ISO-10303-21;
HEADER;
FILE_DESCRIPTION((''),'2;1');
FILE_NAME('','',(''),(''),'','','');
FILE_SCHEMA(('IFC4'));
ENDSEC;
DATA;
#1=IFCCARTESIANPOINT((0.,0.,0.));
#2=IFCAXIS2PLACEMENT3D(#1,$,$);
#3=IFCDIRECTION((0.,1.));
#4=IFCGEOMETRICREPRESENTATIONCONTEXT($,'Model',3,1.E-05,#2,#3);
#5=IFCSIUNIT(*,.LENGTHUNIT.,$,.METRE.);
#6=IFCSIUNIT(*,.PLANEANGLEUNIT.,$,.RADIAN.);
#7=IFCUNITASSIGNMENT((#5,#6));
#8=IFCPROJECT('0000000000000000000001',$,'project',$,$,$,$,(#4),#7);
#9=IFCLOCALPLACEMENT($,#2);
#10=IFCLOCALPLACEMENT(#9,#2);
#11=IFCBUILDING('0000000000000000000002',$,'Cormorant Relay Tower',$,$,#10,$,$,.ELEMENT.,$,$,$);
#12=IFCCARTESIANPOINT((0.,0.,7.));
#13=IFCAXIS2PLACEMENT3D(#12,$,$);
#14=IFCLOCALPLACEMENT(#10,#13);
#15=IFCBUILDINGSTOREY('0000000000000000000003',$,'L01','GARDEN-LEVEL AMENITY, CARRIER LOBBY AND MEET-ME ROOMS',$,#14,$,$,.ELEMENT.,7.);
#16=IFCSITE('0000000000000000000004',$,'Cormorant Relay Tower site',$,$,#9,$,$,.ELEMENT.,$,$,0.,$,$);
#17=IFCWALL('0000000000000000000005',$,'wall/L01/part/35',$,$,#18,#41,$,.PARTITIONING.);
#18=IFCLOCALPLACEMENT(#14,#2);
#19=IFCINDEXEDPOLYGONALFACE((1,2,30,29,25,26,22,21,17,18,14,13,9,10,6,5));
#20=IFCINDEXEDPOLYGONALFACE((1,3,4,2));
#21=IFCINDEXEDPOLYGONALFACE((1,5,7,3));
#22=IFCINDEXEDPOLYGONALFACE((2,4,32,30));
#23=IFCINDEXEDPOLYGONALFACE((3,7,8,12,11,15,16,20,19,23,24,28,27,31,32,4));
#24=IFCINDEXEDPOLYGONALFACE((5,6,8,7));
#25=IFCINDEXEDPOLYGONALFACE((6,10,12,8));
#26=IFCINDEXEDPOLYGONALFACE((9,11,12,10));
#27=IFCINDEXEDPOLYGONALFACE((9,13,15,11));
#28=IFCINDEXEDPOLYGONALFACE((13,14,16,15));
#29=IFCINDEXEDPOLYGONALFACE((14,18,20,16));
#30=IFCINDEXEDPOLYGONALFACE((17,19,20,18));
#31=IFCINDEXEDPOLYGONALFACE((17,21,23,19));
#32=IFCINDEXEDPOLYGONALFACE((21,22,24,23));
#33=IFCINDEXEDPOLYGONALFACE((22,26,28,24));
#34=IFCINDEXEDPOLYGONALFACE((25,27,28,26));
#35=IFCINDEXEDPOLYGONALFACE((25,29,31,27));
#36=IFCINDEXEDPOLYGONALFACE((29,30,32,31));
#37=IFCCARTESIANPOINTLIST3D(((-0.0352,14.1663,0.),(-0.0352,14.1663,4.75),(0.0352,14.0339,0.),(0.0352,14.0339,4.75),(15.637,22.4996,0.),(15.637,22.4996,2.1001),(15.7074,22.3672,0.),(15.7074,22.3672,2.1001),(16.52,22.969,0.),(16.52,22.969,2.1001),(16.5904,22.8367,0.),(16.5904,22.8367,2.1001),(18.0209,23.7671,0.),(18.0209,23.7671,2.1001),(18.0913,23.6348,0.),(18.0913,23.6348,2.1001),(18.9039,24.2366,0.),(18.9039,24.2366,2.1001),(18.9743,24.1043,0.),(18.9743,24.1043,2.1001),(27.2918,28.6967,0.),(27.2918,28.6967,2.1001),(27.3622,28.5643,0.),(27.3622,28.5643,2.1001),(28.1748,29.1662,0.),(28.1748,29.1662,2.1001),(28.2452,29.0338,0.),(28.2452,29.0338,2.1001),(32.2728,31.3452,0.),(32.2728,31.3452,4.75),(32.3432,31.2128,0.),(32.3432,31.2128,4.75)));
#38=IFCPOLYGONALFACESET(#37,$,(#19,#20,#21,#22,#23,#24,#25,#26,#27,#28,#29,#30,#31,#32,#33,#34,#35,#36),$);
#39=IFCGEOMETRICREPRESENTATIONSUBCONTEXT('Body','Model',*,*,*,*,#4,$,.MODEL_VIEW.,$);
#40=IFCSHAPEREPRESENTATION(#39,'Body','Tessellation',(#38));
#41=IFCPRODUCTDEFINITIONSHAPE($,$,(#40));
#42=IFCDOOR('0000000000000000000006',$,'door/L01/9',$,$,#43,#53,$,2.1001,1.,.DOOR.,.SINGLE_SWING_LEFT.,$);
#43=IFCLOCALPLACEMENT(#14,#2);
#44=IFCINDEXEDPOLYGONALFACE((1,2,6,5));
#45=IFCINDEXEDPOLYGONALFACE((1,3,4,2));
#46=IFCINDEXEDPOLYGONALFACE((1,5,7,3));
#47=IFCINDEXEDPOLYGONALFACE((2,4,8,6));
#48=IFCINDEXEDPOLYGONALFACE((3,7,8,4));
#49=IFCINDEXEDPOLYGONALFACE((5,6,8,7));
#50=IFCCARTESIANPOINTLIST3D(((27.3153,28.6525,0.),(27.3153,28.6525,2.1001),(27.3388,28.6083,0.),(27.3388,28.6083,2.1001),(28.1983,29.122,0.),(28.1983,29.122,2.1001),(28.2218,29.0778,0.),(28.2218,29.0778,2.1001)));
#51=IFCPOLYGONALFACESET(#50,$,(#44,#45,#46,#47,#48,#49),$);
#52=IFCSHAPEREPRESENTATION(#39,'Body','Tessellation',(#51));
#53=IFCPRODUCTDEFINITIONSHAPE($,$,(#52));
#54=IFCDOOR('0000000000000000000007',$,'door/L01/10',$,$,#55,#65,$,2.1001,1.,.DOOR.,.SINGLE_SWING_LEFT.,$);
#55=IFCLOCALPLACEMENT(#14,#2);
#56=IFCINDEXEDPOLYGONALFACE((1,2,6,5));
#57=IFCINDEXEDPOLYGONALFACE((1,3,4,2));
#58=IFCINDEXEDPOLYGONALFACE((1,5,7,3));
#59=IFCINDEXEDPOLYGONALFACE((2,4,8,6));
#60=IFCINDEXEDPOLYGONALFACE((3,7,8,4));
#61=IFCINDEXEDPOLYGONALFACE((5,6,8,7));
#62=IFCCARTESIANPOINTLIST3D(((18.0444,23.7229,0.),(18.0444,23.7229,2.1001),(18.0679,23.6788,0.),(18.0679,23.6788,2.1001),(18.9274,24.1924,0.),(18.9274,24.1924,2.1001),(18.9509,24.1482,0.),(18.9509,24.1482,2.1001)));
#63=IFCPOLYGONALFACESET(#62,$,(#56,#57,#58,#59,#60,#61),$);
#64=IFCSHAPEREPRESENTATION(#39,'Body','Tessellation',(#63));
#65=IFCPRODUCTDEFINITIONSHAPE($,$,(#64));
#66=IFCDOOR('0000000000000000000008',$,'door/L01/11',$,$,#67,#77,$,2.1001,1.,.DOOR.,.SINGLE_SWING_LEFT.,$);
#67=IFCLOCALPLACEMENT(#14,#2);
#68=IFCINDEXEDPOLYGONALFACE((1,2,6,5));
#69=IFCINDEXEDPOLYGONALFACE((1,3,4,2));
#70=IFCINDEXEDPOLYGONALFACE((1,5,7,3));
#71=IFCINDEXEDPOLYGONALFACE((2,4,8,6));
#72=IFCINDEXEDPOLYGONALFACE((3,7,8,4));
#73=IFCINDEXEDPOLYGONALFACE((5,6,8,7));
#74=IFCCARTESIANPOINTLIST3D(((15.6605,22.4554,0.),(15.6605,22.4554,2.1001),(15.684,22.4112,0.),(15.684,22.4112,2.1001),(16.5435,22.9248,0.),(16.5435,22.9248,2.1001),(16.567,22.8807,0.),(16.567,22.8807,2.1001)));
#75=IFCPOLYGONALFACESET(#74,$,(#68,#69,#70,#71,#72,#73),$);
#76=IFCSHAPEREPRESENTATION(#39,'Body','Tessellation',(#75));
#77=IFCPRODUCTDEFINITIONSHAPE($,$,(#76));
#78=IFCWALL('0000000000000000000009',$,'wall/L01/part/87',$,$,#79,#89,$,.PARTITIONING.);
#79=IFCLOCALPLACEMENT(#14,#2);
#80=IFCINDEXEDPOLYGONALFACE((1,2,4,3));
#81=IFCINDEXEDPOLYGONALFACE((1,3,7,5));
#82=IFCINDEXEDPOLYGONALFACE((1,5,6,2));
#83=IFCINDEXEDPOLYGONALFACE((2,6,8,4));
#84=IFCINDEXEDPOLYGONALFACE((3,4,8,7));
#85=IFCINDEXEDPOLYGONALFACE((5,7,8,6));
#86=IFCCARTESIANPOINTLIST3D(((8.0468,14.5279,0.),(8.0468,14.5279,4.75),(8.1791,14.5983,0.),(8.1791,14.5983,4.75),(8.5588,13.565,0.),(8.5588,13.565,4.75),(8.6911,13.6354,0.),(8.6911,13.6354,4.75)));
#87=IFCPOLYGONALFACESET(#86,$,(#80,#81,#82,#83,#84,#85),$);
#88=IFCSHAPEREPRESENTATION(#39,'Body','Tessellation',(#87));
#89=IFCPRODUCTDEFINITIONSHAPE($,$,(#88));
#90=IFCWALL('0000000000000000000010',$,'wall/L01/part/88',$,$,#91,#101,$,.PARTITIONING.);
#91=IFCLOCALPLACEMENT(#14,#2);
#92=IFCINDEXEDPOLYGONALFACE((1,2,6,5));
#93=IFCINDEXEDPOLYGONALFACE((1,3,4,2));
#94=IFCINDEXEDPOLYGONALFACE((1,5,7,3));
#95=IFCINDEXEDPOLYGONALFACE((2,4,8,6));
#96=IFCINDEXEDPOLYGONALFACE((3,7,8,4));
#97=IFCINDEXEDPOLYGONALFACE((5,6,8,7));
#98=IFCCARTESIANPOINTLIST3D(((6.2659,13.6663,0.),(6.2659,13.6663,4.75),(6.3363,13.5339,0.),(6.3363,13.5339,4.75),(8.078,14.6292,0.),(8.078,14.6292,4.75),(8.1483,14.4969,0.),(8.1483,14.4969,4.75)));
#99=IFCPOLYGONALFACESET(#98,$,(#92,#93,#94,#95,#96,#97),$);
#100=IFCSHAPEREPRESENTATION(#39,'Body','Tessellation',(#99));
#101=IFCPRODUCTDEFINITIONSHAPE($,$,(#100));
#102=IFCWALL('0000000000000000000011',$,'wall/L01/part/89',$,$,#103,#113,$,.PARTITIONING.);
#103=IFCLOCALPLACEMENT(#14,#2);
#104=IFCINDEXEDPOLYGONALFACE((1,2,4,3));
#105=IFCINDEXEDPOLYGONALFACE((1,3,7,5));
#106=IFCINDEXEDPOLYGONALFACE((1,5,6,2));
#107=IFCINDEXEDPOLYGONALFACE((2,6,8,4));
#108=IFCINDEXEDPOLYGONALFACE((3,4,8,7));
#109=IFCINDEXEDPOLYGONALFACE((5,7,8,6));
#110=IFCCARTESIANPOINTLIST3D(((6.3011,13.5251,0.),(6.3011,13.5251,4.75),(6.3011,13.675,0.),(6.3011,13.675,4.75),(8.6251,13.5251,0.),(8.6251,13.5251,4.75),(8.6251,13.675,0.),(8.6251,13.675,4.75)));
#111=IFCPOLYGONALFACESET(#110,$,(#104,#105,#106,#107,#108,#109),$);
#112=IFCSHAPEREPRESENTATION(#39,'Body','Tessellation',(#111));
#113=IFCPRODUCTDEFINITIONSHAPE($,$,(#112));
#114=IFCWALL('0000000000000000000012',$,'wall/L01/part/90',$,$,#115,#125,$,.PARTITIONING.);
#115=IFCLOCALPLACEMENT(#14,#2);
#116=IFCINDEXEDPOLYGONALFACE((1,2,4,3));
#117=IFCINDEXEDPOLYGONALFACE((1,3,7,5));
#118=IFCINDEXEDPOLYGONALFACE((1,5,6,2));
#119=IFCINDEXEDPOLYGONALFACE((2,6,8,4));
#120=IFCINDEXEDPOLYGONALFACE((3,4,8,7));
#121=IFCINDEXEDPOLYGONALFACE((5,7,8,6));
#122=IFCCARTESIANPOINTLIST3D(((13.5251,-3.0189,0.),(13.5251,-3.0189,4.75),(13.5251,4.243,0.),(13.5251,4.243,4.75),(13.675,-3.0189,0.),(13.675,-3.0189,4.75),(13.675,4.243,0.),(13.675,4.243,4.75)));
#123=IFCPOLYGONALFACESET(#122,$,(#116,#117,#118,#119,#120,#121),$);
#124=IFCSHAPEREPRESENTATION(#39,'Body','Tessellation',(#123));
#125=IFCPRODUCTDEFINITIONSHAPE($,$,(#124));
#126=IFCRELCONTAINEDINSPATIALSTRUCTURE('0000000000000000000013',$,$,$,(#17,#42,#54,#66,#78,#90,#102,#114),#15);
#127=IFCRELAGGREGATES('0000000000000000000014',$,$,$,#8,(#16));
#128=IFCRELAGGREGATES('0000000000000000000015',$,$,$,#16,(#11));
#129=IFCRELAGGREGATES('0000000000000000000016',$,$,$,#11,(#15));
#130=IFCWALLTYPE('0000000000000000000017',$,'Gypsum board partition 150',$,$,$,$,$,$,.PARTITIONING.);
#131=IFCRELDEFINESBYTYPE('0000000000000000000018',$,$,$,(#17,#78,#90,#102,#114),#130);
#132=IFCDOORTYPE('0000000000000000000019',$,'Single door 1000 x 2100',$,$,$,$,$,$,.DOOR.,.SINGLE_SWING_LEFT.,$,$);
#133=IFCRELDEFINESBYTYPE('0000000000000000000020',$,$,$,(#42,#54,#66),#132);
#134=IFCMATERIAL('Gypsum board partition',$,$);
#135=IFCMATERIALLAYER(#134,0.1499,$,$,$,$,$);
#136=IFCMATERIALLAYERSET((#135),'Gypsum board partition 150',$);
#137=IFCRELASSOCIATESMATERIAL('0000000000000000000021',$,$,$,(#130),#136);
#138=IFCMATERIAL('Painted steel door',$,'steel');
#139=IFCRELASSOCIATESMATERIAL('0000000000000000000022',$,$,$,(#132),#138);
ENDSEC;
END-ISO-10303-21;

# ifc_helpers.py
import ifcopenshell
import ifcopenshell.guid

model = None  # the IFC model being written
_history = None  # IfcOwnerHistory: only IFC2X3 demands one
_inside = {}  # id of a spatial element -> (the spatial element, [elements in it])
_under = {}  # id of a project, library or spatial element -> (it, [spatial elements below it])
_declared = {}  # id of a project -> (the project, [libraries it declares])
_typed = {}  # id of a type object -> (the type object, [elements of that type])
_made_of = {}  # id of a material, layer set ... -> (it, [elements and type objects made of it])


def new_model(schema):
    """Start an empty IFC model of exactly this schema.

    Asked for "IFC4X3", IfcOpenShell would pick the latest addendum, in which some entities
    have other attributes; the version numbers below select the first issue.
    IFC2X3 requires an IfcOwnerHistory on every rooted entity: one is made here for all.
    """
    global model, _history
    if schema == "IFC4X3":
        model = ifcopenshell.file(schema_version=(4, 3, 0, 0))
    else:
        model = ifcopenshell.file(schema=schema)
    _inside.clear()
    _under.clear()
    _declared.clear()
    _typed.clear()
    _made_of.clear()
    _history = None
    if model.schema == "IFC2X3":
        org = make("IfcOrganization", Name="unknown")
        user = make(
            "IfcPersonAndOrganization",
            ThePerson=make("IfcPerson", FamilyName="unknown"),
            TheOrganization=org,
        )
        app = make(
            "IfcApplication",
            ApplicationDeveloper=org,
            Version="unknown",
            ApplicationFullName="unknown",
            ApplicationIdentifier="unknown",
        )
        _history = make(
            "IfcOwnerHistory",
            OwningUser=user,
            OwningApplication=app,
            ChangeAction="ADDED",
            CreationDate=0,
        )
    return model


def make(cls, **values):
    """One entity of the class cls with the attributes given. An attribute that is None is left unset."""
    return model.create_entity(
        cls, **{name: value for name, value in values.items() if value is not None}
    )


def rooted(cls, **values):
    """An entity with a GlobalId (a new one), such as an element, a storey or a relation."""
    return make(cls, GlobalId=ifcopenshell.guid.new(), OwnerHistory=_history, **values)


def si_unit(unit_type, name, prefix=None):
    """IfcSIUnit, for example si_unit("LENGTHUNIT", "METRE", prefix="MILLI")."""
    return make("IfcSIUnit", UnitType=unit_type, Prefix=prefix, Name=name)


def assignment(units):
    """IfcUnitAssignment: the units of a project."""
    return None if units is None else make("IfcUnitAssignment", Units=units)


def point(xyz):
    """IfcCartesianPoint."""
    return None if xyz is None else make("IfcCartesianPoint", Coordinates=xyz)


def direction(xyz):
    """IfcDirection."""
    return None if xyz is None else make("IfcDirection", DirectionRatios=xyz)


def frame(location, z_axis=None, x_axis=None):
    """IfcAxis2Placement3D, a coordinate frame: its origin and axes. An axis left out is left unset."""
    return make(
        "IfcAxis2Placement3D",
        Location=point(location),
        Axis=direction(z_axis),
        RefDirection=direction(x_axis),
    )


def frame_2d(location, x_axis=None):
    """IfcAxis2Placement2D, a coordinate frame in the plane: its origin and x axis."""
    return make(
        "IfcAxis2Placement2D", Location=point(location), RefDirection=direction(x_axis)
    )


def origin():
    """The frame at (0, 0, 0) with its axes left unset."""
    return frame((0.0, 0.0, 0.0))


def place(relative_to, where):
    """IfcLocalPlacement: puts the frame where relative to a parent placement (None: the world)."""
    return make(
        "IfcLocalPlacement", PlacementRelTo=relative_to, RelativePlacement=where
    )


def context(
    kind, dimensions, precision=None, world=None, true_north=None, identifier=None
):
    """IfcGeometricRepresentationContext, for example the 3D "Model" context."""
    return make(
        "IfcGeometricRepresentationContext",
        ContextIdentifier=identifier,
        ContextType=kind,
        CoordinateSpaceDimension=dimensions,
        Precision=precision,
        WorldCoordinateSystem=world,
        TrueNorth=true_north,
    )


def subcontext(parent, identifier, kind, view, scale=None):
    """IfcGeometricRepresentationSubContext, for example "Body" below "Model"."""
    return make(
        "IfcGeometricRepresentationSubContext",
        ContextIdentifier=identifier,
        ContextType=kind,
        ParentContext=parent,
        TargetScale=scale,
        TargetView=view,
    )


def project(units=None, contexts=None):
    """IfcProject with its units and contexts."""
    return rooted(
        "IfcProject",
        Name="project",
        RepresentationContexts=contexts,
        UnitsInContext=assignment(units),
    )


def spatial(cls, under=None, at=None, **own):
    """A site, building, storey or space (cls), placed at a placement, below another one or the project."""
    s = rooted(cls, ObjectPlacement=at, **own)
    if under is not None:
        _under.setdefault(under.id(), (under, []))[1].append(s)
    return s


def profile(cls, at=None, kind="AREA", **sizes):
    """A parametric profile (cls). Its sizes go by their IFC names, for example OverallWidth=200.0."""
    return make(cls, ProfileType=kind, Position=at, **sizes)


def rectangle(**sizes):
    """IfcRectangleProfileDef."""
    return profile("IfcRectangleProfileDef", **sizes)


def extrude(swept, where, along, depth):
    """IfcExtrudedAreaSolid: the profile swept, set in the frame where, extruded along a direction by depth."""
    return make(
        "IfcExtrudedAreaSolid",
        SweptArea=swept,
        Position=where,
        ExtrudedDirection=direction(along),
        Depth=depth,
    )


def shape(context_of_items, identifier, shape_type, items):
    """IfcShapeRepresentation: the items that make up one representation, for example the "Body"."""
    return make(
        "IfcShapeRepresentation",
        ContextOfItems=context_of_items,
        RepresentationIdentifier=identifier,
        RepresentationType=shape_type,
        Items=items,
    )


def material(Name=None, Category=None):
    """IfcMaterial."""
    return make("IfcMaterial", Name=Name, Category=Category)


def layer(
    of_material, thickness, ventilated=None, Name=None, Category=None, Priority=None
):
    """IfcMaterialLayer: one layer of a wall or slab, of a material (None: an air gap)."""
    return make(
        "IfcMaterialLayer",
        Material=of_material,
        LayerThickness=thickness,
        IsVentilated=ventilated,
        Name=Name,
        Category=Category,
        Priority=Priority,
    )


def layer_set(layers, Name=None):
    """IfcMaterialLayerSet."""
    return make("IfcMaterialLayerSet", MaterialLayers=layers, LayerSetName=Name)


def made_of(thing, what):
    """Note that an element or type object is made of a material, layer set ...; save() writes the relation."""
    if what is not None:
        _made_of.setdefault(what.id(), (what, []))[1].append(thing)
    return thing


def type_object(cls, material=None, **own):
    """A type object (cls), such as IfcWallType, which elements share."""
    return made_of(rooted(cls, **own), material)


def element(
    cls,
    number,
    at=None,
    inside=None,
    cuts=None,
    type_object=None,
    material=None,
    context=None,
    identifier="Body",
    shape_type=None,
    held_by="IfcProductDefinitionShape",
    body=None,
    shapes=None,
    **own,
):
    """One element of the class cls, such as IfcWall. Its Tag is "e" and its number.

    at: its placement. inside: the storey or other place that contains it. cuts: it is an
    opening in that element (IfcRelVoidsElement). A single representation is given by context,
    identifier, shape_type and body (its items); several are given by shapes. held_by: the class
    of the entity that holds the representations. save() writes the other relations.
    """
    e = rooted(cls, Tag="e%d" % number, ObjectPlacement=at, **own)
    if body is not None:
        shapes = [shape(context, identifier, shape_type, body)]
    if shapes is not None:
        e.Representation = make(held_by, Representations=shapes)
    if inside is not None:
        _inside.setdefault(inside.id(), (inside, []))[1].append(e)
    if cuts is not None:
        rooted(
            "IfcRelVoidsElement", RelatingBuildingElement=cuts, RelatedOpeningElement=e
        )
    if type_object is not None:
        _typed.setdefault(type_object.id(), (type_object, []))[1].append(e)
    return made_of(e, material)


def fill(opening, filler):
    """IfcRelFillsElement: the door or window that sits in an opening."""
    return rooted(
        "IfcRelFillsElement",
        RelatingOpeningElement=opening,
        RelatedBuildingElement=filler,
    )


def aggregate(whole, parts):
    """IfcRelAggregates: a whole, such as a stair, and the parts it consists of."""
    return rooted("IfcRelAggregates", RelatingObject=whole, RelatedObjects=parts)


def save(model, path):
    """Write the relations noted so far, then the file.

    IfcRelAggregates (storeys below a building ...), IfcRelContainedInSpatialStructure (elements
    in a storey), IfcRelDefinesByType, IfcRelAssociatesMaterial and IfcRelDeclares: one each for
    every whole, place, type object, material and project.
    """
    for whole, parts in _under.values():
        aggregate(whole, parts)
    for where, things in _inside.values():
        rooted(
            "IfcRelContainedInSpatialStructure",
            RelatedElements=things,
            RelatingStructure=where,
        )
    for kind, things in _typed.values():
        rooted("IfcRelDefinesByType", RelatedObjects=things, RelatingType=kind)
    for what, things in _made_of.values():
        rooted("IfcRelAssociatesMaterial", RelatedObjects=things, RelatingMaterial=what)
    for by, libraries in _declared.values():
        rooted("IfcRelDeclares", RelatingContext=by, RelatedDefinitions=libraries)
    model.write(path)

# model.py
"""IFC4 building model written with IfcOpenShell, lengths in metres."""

from ifc_helpers import new_model, si_unit, direction, frame, frame_2d, origin, place, context, subcontext, project, spatial, rectangle, extrude, material, layer, layer_set, type_object, element, fill, save


model = new_model("IFC4")

# Units and contexts
model_context = context("Model", 3, precision=1e-05, world=origin(), true_north=direction((0.0, 1.0)))
body_context = subcontext(model_context, "Body", "Model", "MODEL_VIEW")
ifc_project = project(units=[si_unit("LENGTHUNIT", "METRE"), si_unit("PLANEANGLEUNIT", "RADIAN")], contexts=[model_context])

# Site, building, storey
site_placement = place(None, origin())
site = spatial("IfcSite", under=ifc_project, at=site_placement, Name="Cormorant Relay Tower site", CompositionType="ELEMENT", RefElevation=0.0)
building_placement = place(site_placement, origin())
building = spatial("IfcBuilding", under=site, at=building_placement, Name="Cormorant Relay Tower", CompositionType="ELEMENT")
storey_placement = place(building_placement, frame((0.0, 0.0, 7.0)))
storey = spatial("IfcBuildingStorey", under=building, at=storey_placement, Name="L01", Description="GARDEN-LEVEL AMENITY, CARRIER LOBBY AND MEET-ME ROOMS", CompositionType="ELEMENT", Elevation=7.0)

# Wall, openings, doors
ifc_material_1 = material(Name="Gypsum board partition")
ifc_layer_1 = layer(ifc_material_1, 0.1499)
ifc_layer_set_1 = layer_set([ifc_layer_1], Name="Gypsum board partition 150")
wall_type_1 = type_object("IfcWallType", Name="Gypsum board partition 150", PredefinedType="PARTITIONING", material=ifc_layer_set_1)
wall_1_placement = place(storey_placement, frame((0.0, 14.1001, 0.0), z_axis=(0.0, 0.0, 1.0), x_axis=(0.882943, 0.469481, 0.0)))
wall_1 = element("IfcWall", 1, at=wall_1_placement, inside=storey, type_object=wall_type_1, Name="wall/L01/part/35", PredefinedType="PARTITIONING", context=body_context, shape_type="SweptSolid", body=[
    extrude(rectangle(XDim=36.5913, YDim=0.1499, at=frame_2d((18.2957, 0.0))), origin(), (0.0, 0.0, 1.0), 4.75),
])
opening_1_placement = place(wall_1_placement, frame((30.95, 0.0, 0.0)))
opening_1 = element("IfcOpeningElement", 2, at=opening_1_placement, cuts=wall_1, PredefinedType="OPENING", context=body_context, shape_type="SweptSolid", body=[
    extrude(rectangle(XDim=1.0, YDim=2.1001, at=frame_2d((0.5, 1.05))), frame((0.0, 0.085, 0.0), z_axis=(0.0, -1.0, 0.0), x_axis=(1.0, 0.0, 0.0)), (0.0, 0.0, 1.0), 0.1699),
])
opening_2_placement = place(wall_1_placement, frame((20.45, 0.0, 0.0)))
opening_2 = element("IfcOpeningElement", 3, at=opening_2_placement, cuts=wall_1, PredefinedType="OPENING", context=body_context, shape_type="SweptSolid", body=[
    extrude(rectangle(XDim=1.0, YDim=2.1001, at=frame_2d((0.5, 1.05))), frame((0.0, 0.085, 0.0), z_axis=(0.0, -1.0, 0.0), x_axis=(1.0, 0.0, 0.0)), (0.0, 0.0, 1.0), 0.1699),
])
opening_3_placement = place(wall_1_placement, frame((17.75, 0.0, 0.0)))
opening_3 = element("IfcOpeningElement", 4, at=opening_3_placement, cuts=wall_1, PredefinedType="OPENING", context=body_context, shape_type="SweptSolid", body=[
    extrude(rectangle(XDim=1.0, YDim=2.1001, at=frame_2d((0.5, 1.05))), frame((0.0, 0.085, 0.0), z_axis=(0.0, -1.0, 0.0), x_axis=(1.0, 0.0, 0.0)), (0.0, 0.0, 1.0), 0.1699),
])
ifc_material_2 = material(Name="Painted steel door", Category="steel")
door_type_1 = type_object("IfcDoorType", Name="Single door 1000 x 2100", OperationType="SINGLE_SWING_LEFT", PredefinedType="DOOR", material=ifc_material_2)
door_1_placement = place(opening_1_placement, origin())
door_1 = element("IfcDoor", 5, at=door_1_placement, inside=storey, type_object=door_type_1, Name="door/L01/9", OperationType="SINGLE_SWING_LEFT", OverallHeight=2.1001, OverallWidth=1.0, PredefinedType="DOOR", context=body_context, shape_type="SweptSolid", body=[
    extrude(rectangle(XDim=1.0, YDim=2.1001, at=frame_2d((0.5, 1.05))), frame((0.0, 0.0249, 0.0), z_axis=(0.0, -1.0, 0.0), x_axis=(1.0, 0.0, 0.0)), (0.0, 0.0, 1.0), 0.05),
])
fill(opening_1, door_1)
door_2_placement = place(opening_2_placement, origin())
door_2 = element("IfcDoor", 6, at=door_2_placement, inside=storey, type_object=door_type_1, Name="door/L01/10", OperationType="SINGLE_SWING_LEFT", OverallHeight=2.1001, OverallWidth=1.0, PredefinedType="DOOR", context=body_context, shape_type="SweptSolid", body=[
    extrude(rectangle(XDim=1.0, YDim=2.1001, at=frame_2d((0.5, 1.05))), frame((0.0, 0.0249, 0.0), z_axis=(0.0, -1.0, 0.0), x_axis=(1.0, 0.0, 0.0)), (0.0, 0.0, 1.0), 0.05),
])
fill(opening_2, door_2)
door_3_placement = place(opening_3_placement, origin())
door_3 = element("IfcDoor", 7, at=door_3_placement, inside=storey, type_object=door_type_1, Name="door/L01/11", OperationType="SINGLE_SWING_LEFT", OverallHeight=2.1001, OverallWidth=1.0, PredefinedType="DOOR", context=body_context, shape_type="SweptSolid", body=[
    extrude(rectangle(XDim=1.0, YDim=2.1001, at=frame_2d((0.5, 1.05))), frame((0.0, 0.0249, 0.0), z_axis=(0.0, -1.0, 0.0), x_axis=(1.0, 0.0, 0.0)), (0.0, 0.0, 1.0), 0.05),
])
fill(opening_3, door_3)

# Walls
wall_2_placement = place(storey_placement, frame((8.625, 13.6001, 0.0), z_axis=(0.0, 0.0, 1.0), x_axis=(-0.469461, 0.882953, 0.0)))
element("IfcWall", 8, at=wall_2_placement, inside=storey, type_object=wall_type_1, Name="wall/L01/part/87", PredefinedType="PARTITIONING", context=body_context, shape_type="SweptSolid", body=[
    extrude(rectangle(XDim=1.0906, YDim=0.1499, at=frame_2d((0.5454, 0.0))), origin(), (0.0, 0.0, 1.0), 4.75),
])
wall_3_placement = place(storey_placement, frame((8.113, 14.563, 0.0), z_axis=(0.0, 0.0, 1.0), x_axis=(-0.883063, -0.469254, 0.0)))
element("IfcWall", 9, at=wall_3_placement, inside=storey, type_object=wall_type_1, Name="wall/L01/part/88", PredefinedType="PARTITIONING", context=body_context, shape_type="SweptSolid", body=[
    extrude(rectangle(XDim=2.052, YDim=0.1499, at=frame_2d((1.0259, 0.0))), origin(), (0.0, 0.0, 1.0), 4.75),
])
wall_4_placement = place(storey_placement, frame((6.301, 13.6001, 0.0), z_axis=(0.0, 0.0, 1.0), x_axis=(1.0, 0.0, 0.0)))
element("IfcWall", 10, at=wall_4_placement, inside=storey, type_object=wall_type_1, Name="wall/L01/part/89", PredefinedType="PARTITIONING", context=body_context, shape_type="SweptSolid", body=[
    extrude(rectangle(XDim=2.324, YDim=0.1499, at=frame_2d((1.1621, 0.0))), origin(), (0.0, 0.0, 1.0), 4.75),
])
wall_5_placement = place(storey_placement, frame((13.6001, 4.2429, 0.0), z_axis=(0.0, 0.0, 1.0), x_axis=(0.0, -1.0, 0.0)))
element("IfcWall", 11, at=wall_5_placement, inside=storey, type_object=wall_type_1, Name="wall/L01/part/90", PredefinedType="PARTITIONING", context=body_context, shape_type="SweptSolid", body=[
    extrude(rectangle(XDim=7.262, YDim=0.1499, at=frame_2d((3.6309, 0.0))), origin(), (0.0, 0.0, 1.0), 4.75),
])

save(model, "model.ifc")
